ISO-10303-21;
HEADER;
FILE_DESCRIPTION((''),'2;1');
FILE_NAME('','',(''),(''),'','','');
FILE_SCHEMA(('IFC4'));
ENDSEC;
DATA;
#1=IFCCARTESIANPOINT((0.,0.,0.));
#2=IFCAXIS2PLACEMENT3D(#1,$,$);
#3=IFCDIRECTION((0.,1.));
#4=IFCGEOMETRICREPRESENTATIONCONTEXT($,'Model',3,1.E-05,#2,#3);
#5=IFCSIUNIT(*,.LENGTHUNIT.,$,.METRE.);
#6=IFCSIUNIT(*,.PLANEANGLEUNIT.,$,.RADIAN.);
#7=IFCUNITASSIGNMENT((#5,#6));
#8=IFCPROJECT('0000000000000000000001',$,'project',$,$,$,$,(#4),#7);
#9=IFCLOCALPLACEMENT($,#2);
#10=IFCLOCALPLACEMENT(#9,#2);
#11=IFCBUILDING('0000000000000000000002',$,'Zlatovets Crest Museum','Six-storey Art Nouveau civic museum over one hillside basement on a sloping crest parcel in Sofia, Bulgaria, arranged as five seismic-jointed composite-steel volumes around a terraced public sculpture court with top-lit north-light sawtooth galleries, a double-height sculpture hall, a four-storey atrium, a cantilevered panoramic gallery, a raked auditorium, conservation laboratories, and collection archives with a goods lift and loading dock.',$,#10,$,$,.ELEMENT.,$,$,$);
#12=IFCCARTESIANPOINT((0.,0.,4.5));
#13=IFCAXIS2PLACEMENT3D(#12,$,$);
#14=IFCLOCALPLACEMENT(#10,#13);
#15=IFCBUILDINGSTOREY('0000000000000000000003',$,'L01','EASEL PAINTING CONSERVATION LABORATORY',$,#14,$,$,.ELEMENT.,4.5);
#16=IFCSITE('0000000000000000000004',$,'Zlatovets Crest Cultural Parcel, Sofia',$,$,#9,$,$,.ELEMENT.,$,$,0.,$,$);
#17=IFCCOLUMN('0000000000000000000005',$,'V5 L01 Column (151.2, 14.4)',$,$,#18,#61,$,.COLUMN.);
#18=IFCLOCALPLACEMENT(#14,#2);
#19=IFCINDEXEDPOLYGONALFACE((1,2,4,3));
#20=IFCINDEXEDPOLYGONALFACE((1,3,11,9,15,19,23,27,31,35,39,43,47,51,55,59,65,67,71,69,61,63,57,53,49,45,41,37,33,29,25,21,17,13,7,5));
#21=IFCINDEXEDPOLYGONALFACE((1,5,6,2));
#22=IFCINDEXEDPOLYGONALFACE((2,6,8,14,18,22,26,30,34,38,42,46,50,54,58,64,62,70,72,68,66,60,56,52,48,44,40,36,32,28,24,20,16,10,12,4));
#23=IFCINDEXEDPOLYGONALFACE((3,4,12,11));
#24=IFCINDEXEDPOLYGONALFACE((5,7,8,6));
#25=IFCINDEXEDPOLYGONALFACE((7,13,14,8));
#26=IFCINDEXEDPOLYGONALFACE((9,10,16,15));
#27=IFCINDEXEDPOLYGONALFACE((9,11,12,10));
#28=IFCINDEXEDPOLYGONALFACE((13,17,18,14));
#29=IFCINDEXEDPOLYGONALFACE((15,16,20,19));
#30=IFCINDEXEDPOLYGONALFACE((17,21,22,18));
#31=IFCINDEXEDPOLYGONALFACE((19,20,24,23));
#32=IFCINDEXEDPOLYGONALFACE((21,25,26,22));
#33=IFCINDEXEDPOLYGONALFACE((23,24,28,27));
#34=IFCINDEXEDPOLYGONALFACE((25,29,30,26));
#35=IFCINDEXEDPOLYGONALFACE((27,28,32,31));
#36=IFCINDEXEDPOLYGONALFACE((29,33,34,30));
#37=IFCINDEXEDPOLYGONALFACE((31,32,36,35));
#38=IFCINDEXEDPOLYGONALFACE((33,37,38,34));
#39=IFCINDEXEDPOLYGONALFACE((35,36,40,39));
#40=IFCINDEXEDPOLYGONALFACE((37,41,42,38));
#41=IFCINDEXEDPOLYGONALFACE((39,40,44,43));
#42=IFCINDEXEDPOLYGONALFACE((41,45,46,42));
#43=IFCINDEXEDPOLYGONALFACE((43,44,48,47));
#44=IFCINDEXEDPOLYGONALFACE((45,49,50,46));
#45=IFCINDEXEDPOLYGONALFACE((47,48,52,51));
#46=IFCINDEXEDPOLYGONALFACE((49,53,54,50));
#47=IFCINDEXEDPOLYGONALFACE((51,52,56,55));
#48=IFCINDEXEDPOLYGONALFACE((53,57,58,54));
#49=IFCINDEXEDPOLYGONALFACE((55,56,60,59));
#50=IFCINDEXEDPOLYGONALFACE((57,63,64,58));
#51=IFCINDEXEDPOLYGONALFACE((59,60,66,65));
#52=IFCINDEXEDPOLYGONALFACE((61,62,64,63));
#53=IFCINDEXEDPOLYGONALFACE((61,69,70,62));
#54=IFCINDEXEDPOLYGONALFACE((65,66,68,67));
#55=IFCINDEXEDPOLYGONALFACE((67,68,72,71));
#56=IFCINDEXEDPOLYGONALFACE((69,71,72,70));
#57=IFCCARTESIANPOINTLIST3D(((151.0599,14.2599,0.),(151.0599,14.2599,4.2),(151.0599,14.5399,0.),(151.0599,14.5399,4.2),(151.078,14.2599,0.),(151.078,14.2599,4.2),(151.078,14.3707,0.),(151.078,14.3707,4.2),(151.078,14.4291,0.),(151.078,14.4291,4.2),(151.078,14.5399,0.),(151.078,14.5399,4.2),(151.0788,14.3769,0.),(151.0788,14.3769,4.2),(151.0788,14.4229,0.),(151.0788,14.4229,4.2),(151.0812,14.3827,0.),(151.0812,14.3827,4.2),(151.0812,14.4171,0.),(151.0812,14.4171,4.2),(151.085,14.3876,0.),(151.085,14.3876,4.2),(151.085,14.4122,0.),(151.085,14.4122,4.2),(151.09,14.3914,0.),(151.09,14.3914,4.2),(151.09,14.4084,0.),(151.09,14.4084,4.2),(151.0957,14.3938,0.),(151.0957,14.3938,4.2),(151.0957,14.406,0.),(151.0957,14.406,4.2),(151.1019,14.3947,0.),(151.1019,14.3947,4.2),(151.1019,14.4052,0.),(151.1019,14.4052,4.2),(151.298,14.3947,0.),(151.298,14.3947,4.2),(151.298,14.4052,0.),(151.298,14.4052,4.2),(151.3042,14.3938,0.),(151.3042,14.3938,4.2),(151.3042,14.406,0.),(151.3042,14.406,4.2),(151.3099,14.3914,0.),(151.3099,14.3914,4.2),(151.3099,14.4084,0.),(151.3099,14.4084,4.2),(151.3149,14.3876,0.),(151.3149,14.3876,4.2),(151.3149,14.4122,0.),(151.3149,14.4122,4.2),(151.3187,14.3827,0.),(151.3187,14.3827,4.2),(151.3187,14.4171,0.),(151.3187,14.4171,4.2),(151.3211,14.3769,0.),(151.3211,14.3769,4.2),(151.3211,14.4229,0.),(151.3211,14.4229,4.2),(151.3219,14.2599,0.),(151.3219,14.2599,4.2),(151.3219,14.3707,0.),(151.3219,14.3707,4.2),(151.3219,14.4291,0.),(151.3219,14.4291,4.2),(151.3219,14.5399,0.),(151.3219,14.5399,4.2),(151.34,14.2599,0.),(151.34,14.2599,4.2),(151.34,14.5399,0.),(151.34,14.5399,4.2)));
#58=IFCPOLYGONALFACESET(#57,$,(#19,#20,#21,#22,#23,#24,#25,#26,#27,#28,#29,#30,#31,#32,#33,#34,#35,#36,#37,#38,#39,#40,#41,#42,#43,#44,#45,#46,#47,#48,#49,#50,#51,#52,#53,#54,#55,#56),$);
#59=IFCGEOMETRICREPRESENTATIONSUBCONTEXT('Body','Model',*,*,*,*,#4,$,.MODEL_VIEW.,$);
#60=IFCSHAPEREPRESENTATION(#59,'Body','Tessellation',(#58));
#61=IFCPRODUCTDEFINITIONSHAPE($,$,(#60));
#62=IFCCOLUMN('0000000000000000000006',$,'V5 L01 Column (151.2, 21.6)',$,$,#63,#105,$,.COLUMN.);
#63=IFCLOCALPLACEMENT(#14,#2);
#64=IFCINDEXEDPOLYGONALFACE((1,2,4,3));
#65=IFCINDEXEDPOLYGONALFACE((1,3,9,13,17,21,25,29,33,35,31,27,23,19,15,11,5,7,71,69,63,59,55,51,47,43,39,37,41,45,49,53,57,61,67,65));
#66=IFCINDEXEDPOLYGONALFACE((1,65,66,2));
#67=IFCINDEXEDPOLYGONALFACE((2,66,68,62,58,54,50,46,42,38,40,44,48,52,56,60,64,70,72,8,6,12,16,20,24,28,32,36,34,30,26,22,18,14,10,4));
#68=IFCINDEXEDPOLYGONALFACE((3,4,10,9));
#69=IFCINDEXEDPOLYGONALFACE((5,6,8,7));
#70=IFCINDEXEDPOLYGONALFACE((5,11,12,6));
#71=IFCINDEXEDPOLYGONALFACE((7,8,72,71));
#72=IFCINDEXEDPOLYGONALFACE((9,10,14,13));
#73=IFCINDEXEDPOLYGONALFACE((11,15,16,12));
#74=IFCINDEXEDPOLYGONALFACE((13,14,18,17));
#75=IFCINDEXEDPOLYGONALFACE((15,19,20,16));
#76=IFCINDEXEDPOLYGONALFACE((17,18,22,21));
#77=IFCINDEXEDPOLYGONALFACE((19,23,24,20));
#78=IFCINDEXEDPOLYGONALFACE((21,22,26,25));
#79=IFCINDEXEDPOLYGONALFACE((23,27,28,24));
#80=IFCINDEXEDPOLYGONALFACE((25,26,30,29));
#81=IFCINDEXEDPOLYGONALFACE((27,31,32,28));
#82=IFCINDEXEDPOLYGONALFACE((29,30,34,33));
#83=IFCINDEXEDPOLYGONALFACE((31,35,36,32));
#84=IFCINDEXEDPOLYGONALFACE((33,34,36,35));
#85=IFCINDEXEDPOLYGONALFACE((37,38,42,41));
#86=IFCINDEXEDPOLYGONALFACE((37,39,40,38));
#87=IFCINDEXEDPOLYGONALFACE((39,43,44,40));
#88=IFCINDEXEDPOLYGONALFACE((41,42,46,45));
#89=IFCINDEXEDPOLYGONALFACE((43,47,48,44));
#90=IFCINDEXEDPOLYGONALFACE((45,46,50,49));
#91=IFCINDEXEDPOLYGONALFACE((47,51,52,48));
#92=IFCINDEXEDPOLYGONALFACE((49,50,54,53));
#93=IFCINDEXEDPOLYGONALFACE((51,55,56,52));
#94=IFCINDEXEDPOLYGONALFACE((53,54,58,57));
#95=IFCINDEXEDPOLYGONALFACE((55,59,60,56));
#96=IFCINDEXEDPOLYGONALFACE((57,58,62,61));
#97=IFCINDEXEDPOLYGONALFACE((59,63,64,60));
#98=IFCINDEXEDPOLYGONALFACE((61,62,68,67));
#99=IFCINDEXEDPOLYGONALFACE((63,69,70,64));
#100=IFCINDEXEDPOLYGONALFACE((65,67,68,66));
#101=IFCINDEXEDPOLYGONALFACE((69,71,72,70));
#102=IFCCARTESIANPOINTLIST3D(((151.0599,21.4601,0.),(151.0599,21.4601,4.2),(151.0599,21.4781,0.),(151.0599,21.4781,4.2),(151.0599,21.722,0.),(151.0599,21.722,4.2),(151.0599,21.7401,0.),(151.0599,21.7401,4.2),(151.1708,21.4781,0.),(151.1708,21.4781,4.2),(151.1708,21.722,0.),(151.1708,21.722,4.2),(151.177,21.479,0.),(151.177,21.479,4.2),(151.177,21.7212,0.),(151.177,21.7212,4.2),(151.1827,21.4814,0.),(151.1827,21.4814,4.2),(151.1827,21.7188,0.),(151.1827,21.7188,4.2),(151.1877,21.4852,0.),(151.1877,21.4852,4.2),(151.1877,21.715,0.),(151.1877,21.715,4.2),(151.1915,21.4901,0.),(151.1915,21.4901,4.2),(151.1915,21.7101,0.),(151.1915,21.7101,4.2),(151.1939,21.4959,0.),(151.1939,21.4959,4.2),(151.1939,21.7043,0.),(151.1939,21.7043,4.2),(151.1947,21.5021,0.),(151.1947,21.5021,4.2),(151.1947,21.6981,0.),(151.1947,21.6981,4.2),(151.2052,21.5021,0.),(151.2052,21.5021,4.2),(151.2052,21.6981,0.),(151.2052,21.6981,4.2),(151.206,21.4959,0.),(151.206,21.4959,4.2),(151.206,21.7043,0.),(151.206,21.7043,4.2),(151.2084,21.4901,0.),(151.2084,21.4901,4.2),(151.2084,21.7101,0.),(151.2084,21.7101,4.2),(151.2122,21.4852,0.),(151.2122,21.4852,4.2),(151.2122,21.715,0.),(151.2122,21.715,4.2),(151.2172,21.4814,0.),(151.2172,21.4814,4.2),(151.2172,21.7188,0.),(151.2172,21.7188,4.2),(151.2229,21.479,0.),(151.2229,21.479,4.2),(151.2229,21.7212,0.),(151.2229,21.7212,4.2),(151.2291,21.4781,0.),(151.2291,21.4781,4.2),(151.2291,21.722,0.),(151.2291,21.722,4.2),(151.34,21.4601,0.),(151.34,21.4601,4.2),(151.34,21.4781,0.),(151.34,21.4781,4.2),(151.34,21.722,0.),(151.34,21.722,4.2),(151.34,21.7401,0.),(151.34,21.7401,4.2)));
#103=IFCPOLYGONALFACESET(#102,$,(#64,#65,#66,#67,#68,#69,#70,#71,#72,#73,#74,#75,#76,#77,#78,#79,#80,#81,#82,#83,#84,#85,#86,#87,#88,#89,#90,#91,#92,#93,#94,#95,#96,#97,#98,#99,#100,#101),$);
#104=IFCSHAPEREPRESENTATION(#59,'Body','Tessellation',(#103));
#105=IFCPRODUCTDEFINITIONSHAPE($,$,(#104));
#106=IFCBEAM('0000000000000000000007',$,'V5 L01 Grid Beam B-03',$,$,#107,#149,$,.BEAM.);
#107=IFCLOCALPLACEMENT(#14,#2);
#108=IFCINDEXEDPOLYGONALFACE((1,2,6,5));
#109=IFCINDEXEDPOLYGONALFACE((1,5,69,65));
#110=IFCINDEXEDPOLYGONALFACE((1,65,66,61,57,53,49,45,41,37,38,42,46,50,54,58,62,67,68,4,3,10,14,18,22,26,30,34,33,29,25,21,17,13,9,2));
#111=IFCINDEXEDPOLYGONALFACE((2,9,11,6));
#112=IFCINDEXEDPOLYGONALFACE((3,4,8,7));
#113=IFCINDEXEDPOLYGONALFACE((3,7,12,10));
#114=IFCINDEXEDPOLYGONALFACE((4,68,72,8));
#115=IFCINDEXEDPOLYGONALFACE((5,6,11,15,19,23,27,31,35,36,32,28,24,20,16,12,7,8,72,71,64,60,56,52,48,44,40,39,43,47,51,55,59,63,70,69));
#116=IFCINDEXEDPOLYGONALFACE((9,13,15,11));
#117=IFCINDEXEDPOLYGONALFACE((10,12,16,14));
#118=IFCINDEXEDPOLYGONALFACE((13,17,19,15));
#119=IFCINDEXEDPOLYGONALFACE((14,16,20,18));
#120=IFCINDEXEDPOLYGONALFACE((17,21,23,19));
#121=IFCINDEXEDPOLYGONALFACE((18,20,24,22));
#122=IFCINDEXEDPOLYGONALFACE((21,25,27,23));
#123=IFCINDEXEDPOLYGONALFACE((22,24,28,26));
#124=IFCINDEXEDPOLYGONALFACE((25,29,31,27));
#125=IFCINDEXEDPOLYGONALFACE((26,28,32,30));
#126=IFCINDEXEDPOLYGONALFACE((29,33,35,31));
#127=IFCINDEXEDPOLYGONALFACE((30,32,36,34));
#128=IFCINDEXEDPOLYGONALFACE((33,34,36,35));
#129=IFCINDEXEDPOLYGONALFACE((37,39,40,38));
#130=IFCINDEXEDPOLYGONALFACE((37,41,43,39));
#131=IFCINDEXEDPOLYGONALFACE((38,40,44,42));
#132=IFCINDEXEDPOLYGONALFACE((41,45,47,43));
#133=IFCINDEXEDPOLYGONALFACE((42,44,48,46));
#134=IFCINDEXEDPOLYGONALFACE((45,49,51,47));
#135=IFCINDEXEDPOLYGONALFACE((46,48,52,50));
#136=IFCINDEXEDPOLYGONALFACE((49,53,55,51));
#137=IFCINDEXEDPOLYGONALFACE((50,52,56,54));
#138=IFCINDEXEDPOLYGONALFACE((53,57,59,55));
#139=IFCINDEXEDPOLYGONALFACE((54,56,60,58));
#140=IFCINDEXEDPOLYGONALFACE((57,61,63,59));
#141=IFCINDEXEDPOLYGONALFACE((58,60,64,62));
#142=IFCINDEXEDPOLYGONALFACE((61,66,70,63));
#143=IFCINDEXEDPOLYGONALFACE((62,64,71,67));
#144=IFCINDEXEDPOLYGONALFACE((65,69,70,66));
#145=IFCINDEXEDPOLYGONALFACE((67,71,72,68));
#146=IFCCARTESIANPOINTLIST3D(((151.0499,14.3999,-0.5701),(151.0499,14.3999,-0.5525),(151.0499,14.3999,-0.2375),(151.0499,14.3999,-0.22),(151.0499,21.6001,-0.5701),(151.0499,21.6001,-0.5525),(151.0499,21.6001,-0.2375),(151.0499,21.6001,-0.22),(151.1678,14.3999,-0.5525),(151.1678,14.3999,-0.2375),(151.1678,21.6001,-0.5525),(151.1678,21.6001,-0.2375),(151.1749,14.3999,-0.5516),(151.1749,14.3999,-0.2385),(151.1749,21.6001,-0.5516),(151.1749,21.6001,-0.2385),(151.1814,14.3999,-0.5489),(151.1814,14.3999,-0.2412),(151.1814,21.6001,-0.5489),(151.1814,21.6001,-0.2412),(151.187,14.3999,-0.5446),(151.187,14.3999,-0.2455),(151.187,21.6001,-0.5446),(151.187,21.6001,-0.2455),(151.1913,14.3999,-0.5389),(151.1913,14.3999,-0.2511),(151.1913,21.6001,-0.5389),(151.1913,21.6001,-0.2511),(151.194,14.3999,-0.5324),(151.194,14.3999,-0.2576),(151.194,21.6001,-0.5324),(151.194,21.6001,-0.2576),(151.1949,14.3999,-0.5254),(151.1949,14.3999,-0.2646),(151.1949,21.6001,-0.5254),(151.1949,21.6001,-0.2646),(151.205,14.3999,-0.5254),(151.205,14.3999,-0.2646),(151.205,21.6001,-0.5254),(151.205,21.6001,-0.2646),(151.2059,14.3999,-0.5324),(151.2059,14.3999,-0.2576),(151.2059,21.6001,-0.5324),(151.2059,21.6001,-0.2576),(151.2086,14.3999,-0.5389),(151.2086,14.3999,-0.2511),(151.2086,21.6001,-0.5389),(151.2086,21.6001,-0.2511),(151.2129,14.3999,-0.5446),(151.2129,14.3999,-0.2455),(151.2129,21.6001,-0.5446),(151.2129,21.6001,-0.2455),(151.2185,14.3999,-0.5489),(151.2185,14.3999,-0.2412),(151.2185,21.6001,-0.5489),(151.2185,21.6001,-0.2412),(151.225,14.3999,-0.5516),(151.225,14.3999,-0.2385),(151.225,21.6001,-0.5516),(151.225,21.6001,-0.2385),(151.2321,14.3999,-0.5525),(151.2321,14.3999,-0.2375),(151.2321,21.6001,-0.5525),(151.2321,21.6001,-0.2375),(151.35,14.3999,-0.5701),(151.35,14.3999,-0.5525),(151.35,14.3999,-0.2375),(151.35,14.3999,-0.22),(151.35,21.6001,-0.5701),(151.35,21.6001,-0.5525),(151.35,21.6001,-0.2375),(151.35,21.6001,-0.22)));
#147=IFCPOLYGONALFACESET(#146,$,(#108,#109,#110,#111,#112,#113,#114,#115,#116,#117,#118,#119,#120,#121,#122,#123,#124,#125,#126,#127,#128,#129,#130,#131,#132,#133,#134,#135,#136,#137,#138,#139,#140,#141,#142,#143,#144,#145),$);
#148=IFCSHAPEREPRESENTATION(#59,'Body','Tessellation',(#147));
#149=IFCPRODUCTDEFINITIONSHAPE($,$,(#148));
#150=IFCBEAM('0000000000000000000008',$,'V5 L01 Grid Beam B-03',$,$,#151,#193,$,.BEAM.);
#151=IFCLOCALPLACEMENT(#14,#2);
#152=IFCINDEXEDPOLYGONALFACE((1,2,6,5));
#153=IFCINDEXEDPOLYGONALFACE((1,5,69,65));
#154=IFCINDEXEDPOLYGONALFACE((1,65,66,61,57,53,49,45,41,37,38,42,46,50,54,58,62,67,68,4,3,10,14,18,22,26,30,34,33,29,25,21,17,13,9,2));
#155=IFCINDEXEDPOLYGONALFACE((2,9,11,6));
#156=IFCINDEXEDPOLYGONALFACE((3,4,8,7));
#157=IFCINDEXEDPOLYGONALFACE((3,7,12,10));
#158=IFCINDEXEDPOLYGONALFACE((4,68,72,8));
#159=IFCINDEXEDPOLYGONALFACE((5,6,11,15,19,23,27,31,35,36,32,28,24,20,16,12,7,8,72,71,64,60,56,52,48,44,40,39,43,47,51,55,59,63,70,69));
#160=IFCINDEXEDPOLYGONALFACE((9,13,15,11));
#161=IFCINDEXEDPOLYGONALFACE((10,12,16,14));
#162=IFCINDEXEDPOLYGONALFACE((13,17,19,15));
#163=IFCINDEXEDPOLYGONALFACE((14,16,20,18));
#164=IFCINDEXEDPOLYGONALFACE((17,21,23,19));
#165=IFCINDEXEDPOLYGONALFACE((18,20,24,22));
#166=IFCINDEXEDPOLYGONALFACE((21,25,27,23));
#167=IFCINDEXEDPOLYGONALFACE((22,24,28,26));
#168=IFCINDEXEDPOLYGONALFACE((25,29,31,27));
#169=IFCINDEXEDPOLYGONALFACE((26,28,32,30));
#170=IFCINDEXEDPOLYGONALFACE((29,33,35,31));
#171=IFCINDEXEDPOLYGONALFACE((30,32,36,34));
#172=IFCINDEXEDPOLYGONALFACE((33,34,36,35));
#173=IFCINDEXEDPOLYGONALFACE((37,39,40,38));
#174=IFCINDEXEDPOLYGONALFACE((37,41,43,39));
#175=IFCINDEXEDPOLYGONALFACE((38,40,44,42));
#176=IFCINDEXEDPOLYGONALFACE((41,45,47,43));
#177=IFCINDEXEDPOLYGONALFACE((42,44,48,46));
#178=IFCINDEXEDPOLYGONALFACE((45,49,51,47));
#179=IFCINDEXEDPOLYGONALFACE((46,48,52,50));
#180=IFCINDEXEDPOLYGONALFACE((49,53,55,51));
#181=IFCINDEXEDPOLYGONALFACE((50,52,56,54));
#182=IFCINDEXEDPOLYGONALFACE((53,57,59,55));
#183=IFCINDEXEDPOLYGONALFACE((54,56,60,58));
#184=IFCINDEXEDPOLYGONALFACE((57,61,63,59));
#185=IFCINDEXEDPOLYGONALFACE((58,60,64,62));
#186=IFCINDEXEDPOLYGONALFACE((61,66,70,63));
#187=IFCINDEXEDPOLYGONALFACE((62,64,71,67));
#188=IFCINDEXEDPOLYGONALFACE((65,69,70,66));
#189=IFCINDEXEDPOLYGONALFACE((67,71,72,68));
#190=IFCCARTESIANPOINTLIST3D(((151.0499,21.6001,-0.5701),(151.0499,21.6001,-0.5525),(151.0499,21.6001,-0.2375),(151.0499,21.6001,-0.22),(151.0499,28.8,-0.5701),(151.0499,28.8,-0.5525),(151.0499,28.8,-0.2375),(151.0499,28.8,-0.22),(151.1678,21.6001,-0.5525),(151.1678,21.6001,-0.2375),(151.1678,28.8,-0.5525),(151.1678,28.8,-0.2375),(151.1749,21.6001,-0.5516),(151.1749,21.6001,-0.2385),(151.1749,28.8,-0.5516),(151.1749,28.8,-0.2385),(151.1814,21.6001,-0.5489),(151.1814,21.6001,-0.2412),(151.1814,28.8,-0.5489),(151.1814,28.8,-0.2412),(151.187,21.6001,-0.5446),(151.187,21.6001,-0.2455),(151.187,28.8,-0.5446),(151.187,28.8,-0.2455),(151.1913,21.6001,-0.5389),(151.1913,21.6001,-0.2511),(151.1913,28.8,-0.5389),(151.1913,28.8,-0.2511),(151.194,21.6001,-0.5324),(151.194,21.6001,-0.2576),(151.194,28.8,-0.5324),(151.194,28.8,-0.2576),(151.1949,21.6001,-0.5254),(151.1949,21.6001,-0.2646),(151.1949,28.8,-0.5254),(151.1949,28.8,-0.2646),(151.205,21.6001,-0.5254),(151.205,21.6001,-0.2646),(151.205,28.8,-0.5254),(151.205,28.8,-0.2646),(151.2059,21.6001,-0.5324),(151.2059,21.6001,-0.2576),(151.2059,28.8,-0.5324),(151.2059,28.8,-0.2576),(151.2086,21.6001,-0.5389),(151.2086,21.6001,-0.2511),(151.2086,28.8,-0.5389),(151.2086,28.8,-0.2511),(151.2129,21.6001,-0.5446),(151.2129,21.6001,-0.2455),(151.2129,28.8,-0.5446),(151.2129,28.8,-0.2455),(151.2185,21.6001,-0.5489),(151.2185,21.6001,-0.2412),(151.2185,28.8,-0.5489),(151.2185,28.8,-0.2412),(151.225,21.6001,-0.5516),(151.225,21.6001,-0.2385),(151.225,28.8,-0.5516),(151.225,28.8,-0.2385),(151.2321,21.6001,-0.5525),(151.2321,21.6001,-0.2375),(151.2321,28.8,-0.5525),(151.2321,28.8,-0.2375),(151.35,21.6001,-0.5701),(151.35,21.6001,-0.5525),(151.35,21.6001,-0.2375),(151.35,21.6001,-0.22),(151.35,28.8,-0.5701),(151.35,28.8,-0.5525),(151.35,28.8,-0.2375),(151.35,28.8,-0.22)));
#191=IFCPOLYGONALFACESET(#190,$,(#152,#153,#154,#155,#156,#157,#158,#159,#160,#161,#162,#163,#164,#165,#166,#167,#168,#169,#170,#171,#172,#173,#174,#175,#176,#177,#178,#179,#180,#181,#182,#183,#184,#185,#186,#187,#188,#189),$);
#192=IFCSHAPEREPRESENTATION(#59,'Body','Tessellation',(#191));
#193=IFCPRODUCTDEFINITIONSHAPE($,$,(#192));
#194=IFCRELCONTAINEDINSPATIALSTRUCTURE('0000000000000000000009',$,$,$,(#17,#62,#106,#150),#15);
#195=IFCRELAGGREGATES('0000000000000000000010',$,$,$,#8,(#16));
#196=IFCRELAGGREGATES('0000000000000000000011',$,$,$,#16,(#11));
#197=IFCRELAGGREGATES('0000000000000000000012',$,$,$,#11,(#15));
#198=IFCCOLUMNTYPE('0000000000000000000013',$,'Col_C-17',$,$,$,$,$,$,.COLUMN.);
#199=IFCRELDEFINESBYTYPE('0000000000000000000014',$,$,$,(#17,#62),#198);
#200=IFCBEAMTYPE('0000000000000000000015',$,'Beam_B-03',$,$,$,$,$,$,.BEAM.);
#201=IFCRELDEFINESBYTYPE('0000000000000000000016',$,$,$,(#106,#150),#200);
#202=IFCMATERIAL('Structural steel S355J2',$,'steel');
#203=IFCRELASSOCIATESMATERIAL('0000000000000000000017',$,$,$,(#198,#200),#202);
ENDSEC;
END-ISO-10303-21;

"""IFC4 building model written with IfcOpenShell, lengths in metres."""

from ifc_helpers import new_model, si_unit, direction, frame, origin, origin_2d, place, context, subcontext, project, spatial, i_section, extrude, material, material_profile, profile_set, type_object, element, save


model = new_model("IFC4")

# Units and contexts
model_context = context("Model", 3, precision=1e-05, world=origin(), true_north=direction((0.0, 1.0)))
body_context = subcontext(model_context, "Body", "Model", "MODEL_VIEW")
ifc_project = project(units=[si_unit("LENGTHUNIT", "METRE"), si_unit("PLANEANGLEUNIT", "RADIAN")], contexts=[model_context])

# Site, building, storey
site_placement = place(None, origin())
site = spatial("IfcSite", under=ifc_project, at=site_placement, Name="Zlatovets Crest Cultural Parcel, Sofia", CompositionType="ELEMENT", RefElevation=0.0)
building_placement = place(site_placement, origin())
building = spatial("IfcBuilding", under=site, at=building_placement, Name="Zlatovets Crest Museum", Description="Six-storey Art Nouveau civic museum over one hillside basement on a sloping crest parcel in Sofia, Bulgaria, arranged as five seismic-jointed composite-steel volumes around a terraced public sculpture court with top-lit north-light sawtooth galleries, a double-height sculpture hall, a four-storey atrium, a cantilevered panoramic gallery, a raked auditorium, conservation laboratories, and collection archives with a goods lift and loading dock.", CompositionType="ELEMENT")
storey_placement = place(building_placement, frame((0.0, 0.0, 4.5)))
storey = spatial("IfcBuildingStorey", under=building, at=storey_placement, Name="L01", Description="EASEL PAINTING CONSERVATION LABORATORY", CompositionType="ELEMENT", Elevation=4.5)

# Columns
ifc_material_1 = material(Name="Structural steel S355J2", Category="steel")
ifc_material_profile_1 = material_profile(ifc_material_1, i_section(OverallWidth=0.28, OverallDepth=0.28, WebThickness=0.0105, FlangeThickness=0.0181, FilletRadius=0.0239, at=origin_2d()), Name="HEB 280")
ifc_profile_set_1 = profile_set([ifc_material_profile_1], Name="Structural steel S355J2")
column_type = type_object("IfcColumnType", Name="Col_C-17", PredefinedType="COLUMN", material=ifc_profile_set_1)
for number, where, z_axis, x_axis, name in (
    (1, (151.2, 14.3999, 0.0), (0.0, 0.0, 1.0), (0.0, 1.0, 0.0), "V5 L01 Column (151.2, 14.4)"),
    (2, (151.2, 21.6001, 0.0), (0.0, 0.0, 1.0), (1.0, 0.0, 0.0), "V5 L01 Column (151.2, 21.6)"),
):
    element("IfcColumn", number, at=place(storey_placement, frame(where, z_axis=z_axis, x_axis=x_axis)), inside=storey, type_object=column_type, Name=name, PredefinedType="COLUMN", context=body_context, shape_type="SweptSolid", body=[
        extrude(i_section(OverallWidth=0.28, OverallDepth=0.28, WebThickness=0.0105, FlangeThickness=0.0181, FilletRadius=0.0239, at=origin_2d()), origin(), (0.0, 0.0, 1.0), 4.2),
    ])

# Beams
ifc_material_profile_2 = material_profile(ifc_material_1, i_section(OverallWidth=0.3, OverallDepth=0.3501, WebThickness=0.01, FlangeThickness=0.0176, FilletRadius=0.0271, at=origin_2d()), Name="HEA 360")
ifc_profile_set_2 = profile_set([ifc_material_profile_2], Name="Structural steel S355J2")
beam_type_1 = type_object("IfcBeamType", Name="Beam_B-03", PredefinedType="BEAM", material=ifc_profile_set_2)
beam_1_placement = place(storey_placement, frame((151.2, 14.3999, -0.395), z_axis=(0.0, 1.0, 0.0), x_axis=(-1.0, 0.0, 0.0)))
element("IfcBeam", 3, at=beam_1_placement, inside=storey, type_object=beam_type_1, Name="V5 L01 Grid Beam B-03", PredefinedType="BEAM", context=body_context, shape_type="SweptSolid", body=[
    extrude(i_section(OverallWidth=0.3, OverallDepth=0.3501, WebThickness=0.01, FlangeThickness=0.0176, FilletRadius=0.0271, at=origin_2d()), origin(), (0.0, 0.0, 1.0), 7.2002),
])
beam_2_placement = place(storey_placement, frame((151.2, 21.6001, -0.395), z_axis=(0.0, 1.0, 0.0), x_axis=(-1.0, 0.0, 0.0)))
element("IfcBeam", 4, at=beam_2_placement, inside=storey, type_object=beam_type_1, Name="V5 L01 Grid Beam B-03", PredefinedType="BEAM", context=body_context, shape_type="SweptSolid", body=[
    extrude(i_section(OverallWidth=0.3, OverallDepth=0.3501, WebThickness=0.01, FlangeThickness=0.0176, FilletRadius=0.0271, at=origin_2d()), origin(), (0.0, 0.0, 1.0), 7.2),
])

save(model, "model.ifc")
